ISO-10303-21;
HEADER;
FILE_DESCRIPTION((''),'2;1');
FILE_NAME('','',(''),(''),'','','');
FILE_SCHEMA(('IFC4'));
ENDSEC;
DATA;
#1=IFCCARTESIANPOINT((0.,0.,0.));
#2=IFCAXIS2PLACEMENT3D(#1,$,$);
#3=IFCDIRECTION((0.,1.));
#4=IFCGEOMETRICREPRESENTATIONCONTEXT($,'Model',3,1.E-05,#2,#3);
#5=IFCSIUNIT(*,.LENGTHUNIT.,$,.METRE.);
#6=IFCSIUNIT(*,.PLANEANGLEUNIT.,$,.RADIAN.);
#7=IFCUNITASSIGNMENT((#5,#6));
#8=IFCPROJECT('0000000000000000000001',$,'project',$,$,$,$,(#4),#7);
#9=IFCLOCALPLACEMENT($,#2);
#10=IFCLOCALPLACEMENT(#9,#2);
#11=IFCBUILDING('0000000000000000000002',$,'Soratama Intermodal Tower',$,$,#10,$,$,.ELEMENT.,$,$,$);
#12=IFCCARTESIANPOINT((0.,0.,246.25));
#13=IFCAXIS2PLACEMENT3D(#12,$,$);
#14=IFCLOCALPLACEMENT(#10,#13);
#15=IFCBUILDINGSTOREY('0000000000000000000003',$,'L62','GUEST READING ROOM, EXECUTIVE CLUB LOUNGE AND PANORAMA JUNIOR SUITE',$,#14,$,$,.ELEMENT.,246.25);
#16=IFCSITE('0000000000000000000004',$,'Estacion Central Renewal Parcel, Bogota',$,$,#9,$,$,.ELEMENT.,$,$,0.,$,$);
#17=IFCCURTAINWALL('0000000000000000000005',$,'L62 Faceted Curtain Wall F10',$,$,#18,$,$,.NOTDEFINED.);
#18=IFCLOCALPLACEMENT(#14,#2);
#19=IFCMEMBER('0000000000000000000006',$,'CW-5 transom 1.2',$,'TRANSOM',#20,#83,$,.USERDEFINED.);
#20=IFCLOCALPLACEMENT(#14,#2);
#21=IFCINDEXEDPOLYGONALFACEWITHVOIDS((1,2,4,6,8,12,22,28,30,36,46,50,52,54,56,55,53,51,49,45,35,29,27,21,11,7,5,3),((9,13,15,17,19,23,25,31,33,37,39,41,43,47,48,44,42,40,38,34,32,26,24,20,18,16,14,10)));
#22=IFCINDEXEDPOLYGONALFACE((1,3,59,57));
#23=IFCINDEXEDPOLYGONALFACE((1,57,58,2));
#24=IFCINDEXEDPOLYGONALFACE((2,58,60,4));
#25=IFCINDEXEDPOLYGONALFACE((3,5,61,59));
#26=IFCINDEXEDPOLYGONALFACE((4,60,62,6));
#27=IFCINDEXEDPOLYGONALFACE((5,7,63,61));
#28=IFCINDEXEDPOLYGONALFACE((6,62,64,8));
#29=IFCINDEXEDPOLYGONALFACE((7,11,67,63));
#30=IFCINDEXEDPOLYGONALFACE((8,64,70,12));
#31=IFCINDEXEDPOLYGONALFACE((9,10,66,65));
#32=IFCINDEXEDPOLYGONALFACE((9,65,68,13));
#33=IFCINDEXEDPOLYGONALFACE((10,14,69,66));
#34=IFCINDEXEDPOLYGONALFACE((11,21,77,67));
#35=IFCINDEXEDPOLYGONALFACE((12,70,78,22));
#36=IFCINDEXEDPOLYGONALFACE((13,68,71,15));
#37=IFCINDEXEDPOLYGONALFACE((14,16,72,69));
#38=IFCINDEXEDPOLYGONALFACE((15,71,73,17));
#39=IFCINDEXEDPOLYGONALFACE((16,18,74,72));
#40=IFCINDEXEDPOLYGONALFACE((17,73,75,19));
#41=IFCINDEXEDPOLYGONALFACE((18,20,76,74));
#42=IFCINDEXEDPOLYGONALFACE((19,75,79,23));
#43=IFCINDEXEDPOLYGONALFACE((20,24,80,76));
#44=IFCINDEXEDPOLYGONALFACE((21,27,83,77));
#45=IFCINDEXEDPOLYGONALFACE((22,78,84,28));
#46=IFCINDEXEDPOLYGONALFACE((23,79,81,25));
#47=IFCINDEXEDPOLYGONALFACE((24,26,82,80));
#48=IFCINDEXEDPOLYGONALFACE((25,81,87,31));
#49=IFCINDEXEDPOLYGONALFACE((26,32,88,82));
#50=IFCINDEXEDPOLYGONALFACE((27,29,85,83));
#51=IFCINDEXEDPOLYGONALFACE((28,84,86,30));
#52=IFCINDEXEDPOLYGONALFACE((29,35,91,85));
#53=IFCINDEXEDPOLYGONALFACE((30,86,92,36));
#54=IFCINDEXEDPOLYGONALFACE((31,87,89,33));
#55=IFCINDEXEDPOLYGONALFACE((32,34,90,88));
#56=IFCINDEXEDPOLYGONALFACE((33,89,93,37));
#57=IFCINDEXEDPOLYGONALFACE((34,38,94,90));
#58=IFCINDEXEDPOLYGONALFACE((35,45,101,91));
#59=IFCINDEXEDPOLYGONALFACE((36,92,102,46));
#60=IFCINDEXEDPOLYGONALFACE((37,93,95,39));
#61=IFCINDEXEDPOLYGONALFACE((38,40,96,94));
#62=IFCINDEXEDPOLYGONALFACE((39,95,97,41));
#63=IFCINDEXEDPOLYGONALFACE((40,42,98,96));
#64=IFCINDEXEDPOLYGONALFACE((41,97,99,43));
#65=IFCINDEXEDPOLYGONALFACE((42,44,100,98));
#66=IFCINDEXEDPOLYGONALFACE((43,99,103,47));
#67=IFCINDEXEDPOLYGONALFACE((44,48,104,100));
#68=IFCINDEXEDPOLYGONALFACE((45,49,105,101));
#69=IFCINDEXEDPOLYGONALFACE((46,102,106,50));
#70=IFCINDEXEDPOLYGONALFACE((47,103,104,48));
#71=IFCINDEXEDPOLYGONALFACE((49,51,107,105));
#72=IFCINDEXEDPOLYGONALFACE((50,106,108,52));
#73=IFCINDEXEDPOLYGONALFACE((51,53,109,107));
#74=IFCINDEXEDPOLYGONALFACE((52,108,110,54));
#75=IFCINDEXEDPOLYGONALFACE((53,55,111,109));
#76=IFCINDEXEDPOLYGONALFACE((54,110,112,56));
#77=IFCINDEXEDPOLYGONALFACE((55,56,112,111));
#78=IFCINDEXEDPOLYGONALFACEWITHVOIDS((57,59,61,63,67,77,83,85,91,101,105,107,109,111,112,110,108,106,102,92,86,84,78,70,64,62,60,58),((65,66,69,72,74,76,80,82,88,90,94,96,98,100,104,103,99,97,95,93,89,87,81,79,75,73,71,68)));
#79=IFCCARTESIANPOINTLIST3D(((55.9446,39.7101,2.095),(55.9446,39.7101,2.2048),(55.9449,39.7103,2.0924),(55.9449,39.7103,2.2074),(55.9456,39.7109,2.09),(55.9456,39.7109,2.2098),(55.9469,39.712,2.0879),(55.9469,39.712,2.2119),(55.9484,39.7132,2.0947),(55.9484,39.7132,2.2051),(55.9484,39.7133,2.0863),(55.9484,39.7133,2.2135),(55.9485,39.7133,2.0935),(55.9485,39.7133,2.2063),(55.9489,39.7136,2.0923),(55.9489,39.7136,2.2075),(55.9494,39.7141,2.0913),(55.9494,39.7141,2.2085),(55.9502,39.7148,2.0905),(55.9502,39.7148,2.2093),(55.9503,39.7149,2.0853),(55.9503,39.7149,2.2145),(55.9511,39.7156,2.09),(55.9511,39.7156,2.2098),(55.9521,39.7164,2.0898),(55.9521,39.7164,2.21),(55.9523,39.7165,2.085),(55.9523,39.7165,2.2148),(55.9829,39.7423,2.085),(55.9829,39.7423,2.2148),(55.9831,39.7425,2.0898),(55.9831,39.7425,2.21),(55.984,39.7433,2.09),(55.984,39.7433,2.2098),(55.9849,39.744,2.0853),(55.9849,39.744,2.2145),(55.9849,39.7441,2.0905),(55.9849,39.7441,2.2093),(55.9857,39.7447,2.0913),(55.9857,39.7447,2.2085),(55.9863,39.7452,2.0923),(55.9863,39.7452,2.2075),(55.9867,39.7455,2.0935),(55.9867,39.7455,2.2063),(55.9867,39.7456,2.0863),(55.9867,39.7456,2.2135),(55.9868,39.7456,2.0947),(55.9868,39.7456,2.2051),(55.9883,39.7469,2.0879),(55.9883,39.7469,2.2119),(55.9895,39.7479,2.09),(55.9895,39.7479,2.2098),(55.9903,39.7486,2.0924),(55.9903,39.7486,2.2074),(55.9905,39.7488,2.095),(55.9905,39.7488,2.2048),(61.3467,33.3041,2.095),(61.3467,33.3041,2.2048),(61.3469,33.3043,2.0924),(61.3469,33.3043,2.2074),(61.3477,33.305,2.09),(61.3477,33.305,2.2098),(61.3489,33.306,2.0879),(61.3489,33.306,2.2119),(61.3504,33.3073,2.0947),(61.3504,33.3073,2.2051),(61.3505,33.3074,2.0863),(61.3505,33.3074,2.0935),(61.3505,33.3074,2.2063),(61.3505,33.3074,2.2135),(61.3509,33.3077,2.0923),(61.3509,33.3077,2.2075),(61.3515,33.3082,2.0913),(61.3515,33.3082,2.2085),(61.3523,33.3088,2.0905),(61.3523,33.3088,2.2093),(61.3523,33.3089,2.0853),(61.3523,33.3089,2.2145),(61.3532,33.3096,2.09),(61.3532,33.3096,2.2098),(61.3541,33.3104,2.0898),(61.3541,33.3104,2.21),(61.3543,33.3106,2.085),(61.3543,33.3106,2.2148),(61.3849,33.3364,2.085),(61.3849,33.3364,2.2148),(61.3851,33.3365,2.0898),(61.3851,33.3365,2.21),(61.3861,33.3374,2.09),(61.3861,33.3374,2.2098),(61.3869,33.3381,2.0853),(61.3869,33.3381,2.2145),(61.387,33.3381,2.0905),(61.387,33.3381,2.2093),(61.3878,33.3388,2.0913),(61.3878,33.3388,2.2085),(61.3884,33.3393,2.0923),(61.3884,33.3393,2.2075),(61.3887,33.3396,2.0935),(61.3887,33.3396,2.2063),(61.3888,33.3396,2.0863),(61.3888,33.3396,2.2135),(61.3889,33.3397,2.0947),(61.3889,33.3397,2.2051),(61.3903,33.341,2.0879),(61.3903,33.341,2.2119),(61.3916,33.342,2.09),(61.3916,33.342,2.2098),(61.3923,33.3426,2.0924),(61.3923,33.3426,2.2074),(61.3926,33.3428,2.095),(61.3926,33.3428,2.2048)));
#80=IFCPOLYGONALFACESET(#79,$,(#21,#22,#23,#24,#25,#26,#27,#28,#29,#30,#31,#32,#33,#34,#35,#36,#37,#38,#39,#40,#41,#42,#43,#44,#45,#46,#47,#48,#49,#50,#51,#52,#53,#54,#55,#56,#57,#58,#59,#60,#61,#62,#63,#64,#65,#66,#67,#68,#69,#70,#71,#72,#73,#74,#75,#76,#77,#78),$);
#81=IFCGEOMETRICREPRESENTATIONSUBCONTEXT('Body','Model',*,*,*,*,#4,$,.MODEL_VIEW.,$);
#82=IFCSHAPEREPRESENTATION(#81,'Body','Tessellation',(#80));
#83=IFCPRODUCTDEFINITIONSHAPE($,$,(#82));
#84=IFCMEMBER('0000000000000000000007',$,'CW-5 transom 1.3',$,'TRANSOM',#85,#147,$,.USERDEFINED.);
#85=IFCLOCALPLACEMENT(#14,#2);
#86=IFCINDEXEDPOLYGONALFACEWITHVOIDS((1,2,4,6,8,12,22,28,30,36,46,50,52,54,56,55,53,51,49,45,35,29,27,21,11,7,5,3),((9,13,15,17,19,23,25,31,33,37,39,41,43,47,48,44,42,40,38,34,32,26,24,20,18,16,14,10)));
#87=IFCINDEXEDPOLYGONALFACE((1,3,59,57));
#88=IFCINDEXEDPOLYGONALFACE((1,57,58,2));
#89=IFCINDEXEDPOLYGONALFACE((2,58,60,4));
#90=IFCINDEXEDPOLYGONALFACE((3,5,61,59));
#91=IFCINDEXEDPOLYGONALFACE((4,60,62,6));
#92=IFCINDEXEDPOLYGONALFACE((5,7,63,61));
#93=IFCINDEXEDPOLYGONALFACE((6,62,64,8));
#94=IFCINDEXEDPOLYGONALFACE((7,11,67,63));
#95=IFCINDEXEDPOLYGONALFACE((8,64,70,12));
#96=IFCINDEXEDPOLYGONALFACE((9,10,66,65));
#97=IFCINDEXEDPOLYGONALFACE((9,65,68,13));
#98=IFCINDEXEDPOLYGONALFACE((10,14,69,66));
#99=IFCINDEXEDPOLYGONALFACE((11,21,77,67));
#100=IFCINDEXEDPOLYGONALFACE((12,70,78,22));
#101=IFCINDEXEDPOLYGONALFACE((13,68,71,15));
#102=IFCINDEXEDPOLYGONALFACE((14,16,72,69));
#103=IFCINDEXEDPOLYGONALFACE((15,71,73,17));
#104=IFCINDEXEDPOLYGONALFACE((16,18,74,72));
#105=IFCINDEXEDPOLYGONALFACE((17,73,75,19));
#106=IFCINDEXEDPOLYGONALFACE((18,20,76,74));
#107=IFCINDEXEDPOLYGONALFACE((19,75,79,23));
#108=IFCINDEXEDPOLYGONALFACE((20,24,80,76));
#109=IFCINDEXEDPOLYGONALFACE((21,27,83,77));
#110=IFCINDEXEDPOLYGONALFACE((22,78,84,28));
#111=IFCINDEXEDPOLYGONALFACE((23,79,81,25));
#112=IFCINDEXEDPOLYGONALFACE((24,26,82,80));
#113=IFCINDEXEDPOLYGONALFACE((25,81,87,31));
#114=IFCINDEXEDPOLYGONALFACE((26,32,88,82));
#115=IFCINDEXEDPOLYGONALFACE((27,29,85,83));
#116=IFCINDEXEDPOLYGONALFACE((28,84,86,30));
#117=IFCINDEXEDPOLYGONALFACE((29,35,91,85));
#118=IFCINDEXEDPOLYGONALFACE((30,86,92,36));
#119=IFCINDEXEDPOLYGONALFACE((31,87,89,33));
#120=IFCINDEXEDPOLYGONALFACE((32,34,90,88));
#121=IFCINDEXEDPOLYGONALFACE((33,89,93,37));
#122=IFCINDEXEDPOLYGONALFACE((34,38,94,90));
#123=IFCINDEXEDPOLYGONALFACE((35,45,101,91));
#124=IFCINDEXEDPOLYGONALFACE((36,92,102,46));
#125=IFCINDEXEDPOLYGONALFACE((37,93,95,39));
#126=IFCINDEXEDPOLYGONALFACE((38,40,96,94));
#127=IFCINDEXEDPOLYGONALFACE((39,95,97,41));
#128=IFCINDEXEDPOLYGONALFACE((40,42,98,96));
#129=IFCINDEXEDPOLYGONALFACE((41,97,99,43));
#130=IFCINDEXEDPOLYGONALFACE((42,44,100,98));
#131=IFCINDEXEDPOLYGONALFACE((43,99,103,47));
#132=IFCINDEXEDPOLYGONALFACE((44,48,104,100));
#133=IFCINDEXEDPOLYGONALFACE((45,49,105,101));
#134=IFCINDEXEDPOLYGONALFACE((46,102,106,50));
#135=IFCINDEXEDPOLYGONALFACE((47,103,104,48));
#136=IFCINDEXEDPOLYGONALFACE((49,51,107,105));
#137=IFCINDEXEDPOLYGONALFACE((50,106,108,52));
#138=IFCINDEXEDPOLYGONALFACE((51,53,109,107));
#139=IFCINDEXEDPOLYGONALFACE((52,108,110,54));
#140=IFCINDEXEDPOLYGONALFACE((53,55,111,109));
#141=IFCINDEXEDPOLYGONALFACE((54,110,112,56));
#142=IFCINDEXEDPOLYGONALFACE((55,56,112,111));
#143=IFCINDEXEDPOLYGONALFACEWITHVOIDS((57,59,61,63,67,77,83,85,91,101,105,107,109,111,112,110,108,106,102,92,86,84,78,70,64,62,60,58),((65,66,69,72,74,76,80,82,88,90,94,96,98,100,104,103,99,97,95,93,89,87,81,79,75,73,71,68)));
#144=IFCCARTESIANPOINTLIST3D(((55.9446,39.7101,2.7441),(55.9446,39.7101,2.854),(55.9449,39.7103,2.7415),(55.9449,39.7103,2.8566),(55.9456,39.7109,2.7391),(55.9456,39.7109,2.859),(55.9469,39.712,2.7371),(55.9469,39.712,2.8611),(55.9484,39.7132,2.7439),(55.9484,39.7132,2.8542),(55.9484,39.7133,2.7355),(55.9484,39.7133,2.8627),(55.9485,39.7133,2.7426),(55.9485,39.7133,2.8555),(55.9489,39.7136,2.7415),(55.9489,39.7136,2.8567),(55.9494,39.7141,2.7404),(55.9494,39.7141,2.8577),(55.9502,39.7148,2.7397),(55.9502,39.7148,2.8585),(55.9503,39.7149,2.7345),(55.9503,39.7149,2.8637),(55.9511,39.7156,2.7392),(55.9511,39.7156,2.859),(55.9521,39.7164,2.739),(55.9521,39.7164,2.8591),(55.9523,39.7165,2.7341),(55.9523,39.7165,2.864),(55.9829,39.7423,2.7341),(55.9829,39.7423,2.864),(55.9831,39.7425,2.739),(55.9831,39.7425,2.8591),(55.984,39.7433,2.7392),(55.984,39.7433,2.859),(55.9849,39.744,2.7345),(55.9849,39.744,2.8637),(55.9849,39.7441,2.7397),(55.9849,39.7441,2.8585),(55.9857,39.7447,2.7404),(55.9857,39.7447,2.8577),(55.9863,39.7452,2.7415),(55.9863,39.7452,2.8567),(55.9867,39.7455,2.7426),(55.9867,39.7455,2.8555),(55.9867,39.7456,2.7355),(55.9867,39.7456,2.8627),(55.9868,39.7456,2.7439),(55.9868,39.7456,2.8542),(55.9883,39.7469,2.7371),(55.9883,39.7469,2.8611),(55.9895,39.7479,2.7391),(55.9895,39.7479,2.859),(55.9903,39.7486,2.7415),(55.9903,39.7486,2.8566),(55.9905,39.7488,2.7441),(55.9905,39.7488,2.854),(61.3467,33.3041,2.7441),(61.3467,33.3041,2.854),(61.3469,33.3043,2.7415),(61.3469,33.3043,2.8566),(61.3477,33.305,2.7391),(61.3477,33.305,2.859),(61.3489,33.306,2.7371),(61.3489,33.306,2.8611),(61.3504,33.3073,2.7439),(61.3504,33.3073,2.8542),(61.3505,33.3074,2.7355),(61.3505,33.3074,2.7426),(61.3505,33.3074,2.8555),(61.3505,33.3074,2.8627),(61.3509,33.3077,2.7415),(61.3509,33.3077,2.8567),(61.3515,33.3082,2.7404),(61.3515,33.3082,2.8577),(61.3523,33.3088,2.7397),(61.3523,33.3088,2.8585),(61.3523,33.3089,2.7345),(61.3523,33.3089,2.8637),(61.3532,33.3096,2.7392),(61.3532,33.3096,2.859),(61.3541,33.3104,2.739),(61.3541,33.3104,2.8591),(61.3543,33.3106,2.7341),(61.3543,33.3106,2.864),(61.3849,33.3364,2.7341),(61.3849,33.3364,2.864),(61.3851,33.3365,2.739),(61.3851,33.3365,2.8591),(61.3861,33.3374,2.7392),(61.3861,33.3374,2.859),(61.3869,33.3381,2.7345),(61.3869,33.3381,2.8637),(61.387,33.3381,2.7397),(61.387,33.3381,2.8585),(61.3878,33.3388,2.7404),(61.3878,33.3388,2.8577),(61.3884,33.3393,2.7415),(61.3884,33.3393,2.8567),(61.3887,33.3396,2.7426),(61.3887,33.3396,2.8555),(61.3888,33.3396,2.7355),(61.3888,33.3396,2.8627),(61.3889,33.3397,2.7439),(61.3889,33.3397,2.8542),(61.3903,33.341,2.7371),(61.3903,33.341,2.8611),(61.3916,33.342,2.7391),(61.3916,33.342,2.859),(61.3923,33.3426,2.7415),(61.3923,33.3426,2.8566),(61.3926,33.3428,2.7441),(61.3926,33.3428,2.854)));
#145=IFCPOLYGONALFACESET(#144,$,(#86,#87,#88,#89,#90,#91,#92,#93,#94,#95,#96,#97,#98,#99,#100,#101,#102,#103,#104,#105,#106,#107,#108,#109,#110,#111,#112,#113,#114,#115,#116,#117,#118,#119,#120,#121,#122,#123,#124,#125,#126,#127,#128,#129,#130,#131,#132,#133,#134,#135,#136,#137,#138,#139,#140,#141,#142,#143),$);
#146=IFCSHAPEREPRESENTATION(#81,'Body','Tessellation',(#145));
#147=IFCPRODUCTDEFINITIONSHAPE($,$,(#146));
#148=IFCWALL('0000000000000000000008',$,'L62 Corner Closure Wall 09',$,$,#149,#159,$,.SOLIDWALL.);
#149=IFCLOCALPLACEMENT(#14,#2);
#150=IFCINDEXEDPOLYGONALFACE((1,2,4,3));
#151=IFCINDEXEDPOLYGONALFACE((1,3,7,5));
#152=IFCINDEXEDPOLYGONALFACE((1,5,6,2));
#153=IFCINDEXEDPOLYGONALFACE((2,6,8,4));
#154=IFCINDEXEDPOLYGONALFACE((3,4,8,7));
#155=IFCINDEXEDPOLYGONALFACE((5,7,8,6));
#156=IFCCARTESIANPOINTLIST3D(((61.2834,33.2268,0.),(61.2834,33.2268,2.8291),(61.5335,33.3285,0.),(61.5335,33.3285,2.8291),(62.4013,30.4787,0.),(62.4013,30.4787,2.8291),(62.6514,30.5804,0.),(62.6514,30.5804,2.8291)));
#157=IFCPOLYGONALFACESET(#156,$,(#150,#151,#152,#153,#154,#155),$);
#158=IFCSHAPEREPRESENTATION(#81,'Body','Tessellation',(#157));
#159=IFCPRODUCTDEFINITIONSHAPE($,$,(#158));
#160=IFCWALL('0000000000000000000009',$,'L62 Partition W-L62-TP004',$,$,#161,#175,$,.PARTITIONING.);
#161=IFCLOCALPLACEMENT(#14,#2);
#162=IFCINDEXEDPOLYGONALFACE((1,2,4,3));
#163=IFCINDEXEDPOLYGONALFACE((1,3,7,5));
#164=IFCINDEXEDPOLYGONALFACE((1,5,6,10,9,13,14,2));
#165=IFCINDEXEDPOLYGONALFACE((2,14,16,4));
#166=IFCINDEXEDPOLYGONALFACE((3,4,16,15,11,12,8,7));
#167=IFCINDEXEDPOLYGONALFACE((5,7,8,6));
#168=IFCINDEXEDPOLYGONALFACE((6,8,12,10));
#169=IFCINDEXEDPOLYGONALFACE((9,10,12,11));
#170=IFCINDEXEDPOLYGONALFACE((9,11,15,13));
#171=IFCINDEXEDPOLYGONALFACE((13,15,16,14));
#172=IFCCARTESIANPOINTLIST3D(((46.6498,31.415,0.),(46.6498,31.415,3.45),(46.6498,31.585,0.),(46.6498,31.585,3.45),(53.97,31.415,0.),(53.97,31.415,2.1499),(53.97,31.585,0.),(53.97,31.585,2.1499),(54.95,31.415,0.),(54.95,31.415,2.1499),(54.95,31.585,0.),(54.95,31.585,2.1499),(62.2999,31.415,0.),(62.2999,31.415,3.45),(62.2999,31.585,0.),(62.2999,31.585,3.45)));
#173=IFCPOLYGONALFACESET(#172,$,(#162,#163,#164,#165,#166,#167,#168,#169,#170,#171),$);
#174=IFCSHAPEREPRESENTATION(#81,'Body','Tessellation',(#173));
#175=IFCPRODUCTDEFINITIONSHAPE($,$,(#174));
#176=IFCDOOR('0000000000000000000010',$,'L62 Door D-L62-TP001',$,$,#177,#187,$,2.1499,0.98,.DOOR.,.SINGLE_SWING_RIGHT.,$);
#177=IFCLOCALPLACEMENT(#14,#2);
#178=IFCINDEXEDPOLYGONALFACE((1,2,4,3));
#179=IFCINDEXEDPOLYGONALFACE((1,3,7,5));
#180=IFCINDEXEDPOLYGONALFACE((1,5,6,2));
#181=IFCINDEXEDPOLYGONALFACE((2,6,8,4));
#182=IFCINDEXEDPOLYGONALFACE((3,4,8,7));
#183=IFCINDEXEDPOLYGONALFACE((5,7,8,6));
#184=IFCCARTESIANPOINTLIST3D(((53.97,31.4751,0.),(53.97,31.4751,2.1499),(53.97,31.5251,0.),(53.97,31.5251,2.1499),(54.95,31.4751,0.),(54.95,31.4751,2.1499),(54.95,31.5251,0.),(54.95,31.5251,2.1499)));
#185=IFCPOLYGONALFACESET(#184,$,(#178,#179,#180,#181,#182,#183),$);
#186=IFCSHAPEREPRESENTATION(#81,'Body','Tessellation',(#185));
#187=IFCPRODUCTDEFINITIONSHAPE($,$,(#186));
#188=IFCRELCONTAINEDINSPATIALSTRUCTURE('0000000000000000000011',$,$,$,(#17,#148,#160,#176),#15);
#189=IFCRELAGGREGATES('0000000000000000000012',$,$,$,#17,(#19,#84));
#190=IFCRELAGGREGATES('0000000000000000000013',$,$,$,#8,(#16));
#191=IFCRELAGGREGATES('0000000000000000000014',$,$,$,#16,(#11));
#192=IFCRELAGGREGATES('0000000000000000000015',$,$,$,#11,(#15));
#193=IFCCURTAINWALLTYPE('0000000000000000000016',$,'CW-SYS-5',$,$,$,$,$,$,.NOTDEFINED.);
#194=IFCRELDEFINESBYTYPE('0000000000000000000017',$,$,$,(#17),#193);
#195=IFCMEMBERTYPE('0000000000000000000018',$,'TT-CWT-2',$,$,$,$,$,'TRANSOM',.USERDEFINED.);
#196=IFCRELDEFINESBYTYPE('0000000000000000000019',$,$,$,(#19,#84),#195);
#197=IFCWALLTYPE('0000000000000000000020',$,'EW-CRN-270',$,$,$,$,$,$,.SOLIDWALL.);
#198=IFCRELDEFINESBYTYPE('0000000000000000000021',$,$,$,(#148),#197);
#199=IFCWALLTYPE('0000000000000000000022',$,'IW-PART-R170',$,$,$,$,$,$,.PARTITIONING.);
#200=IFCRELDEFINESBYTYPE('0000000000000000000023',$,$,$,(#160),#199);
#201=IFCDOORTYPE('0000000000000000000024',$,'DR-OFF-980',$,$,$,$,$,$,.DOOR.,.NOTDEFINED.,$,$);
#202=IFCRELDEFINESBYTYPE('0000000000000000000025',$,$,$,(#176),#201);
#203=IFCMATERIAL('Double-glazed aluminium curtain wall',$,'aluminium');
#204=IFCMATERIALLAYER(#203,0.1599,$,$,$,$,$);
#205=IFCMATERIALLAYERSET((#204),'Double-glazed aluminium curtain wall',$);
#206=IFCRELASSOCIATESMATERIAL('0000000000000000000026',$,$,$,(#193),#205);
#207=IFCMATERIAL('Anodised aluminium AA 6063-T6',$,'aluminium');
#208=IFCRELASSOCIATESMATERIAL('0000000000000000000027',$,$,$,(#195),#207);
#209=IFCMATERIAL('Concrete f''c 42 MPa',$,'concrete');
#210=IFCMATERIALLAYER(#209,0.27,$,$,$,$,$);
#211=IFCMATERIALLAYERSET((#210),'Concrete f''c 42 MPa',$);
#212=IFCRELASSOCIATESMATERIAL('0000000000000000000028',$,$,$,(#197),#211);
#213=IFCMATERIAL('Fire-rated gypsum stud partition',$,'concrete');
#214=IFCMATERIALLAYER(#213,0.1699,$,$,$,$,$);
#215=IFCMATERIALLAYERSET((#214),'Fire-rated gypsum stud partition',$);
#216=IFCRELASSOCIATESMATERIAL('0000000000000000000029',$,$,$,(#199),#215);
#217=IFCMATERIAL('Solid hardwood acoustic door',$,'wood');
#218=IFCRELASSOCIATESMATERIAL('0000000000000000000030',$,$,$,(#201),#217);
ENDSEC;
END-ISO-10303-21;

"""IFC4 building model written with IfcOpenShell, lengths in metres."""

from ifc_helpers import new_model, si_unit, direction, frame, frame_2d, origin, origin_2d, place, context, subcontext, project, spatial, rectangle, hollow_rectangle, extrude, material, layer, layer_set, material_profile, profile_set, type_object, element, fill, aggregate, save


model = new_model("IFC4")

# Units and contexts
model_context = context("Model", 3, precision=1e-05, world=origin(), true_north=direction((0.0, 1.0)))
body_context = subcontext(model_context, "Body", "Model", "MODEL_VIEW")
ifc_project = project(units=[si_unit("LENGTHUNIT", "METRE"), si_unit("PLANEANGLEUNIT", "RADIAN")], contexts=[model_context])

# Site, building, storey
site_placement = place(None, origin())
site = spatial("IfcSite", under=ifc_project, at=site_placement, Name="Estacion Central Renewal Parcel, Bogota", CompositionType="ELEMENT", RefElevation=0.0)
building_placement = place(site_placement, origin())
building = spatial("IfcBuilding", under=site, at=building_placement, Name="Soratama Intermodal Tower", CompositionType="ELEMENT")
storey_placement = place(building_placement, frame((0.0, 0.0, 246.25)))
storey = spatial("IfcBuildingStorey", under=building, at=storey_placement, Name="L62", Description="GUEST READING ROOM, EXECUTIVE CLUB LOUNGE AND PANORAMA JUNIOR SUITE", CompositionType="ELEMENT", Elevation=246.25)

# Curtain wall, members
ifc_material_1 = material(Name="Double-glazed aluminium curtain wall", Category="aluminium")
ifc_layer_1 = layer(ifc_material_1, 0.1599)
ifc_layer_set_1 = layer_set([ifc_layer_1], Name="Double-glazed aluminium curtain wall")
curtain_wall_type = type_object("IfcCurtainWallType", Name="CW-SYS-5", PredefinedType="NOTDEFINED", material=ifc_layer_set_1)
curtain_wall_placement = place(storey_placement, origin())
curtain_wall = element("IfcCurtainWall", 1, at=curtain_wall_placement, inside=storey, type_object=curtain_wall_type, Name="L62 Faceted Curtain Wall F10", PredefinedType="NOTDEFINED")
ifc_material_2 = material(Name="Anodised aluminium AA 6063-T6", Category="aluminium")
ifc_material_profile_1 = material_profile(ifc_material_2, hollow_rectangle(XDim=0.0601, YDim=0.1299, WallThickness=0.0049, InnerFilletRadius=0.0049, OuterFilletRadius=0.01, at=origin_2d()), Name="CWT130X60X5")
ifc_profile_set_1 = profile_set([ifc_material_profile_1], Name="Anodised aluminium AA 6063-T6")
member_type_1 = type_object("IfcMemberType", Name="TT-CWT-2", ElementType="TRANSOM", PredefinedType="USERDEFINED", material=ifc_profile_set_1)
member_1_placement = place(storey_placement, frame((61.3696, 33.3235, 2.1499), z_axis=(-0.644664, 0.764466, 0.0), x_axis=(-0.764466, -0.644664, 0.0)))
member_1 = element("IfcMember", 2, at=member_1_placement, type_object=member_type_1, Name="CW-5 transom 1.2", ObjectType="TRANSOM", PredefinedType="USERDEFINED", context=body_context, shape_type="SweptSolid", body=[
    extrude(hollow_rectangle(XDim=0.0601, YDim=0.1299, WallThickness=0.0049, InnerFilletRadius=0.0049, OuterFilletRadius=0.01, at=origin_2d()), origin(), (0.0, 0.0, 1.0), 8.3796),
])
member_2_placement = place(storey_placement, frame((61.3696, 33.3235, 2.7991), z_axis=(-0.644664, 0.764466, 0.0), x_axis=(-0.764466, -0.644664, 0.0)))
member_2 = element("IfcMember", 3, at=member_2_placement, type_object=member_type_1, Name="CW-5 transom 1.3", ObjectType="TRANSOM", PredefinedType="USERDEFINED", context=body_context, shape_type="SweptSolid", body=[
    extrude(hollow_rectangle(XDim=0.0601, YDim=0.1299, WallThickness=0.0049, InnerFilletRadius=0.0049, OuterFilletRadius=0.01, at=origin_2d()), origin(), (0.0, 0.0, 1.0), 8.3796),
])
aggregate(curtain_wall, [member_1, member_2])

# Wall
ifc_material_3 = material(Name="Concrete f'c 42 MPa", Category="concrete")
ifc_layer_2 = layer(ifc_material_3, 0.27)
ifc_layer_set_2 = layer_set([ifc_layer_2], Name="Concrete f'c 42 MPa")
wall_type_1 = type_object("IfcWallType", Name="EW-CRN-270", PredefinedType="SOLIDWALL", material=ifc_layer_set_2)
wall_1_placement = place(storey_placement, frame((62.5264, 30.5295, 0.0), z_axis=(0.0, 0.0, 1.0), x_axis=(-0.376818, 0.926287, 0.0)))
element("IfcWall", 4, at=wall_1_placement, inside=storey, type_object=wall_type_1, Name="L62 Corner Closure Wall 09", PredefinedType="SOLIDWALL", context=body_context, shape_type="SweptSolid", body=[
    extrude(rectangle(XDim=2.9668, YDim=0.27, at=frame_2d((1.4834, 0.0))), origin(), (0.0, 0.0, 1.0), 2.8291),
])

# Wall, opening, door
ifc_material_4 = material(Name="Fire-rated gypsum stud partition", Category="concrete")
ifc_layer_3 = layer(ifc_material_4, 0.1699)
ifc_layer_set_3 = layer_set([ifc_layer_3], Name="Fire-rated gypsum stud partition")
wall_type_2 = type_object("IfcWallType", Name="IW-PART-R170", PredefinedType="PARTITIONING", material=ifc_layer_set_3)
wall_2_placement = place(storey_placement, frame((62.3, 31.5, 0.0), z_axis=(0.0, 0.0, 1.0), x_axis=(-1.0, 0.0, 0.0)))
wall_2 = element("IfcWall", 5, at=wall_2_placement, inside=storey, type_object=wall_type_2, Name="L62 Partition W-L62-TP004", PredefinedType="PARTITIONING", context=body_context, shape_type="SweptSolid", body=[
    extrude(rectangle(XDim=15.6501, YDim=0.1699, at=frame_2d((7.8252, 0.0))), origin(), (0.0, 0.0, 1.0), 3.45),
])
opening_1_placement = place(wall_2_placement, frame((7.3501, 0.0, 0.0)))
opening_1 = element("IfcOpeningElement", 6, at=opening_1_placement, cuts=wall_2, PredefinedType="OPENING", context=body_context, shape_type="SweptSolid", body=[
    extrude(rectangle(XDim=0.98, YDim=2.1499, at=frame_2d((0.49, 1.075))), frame((0.0, 0.095, 0.0), z_axis=(0.0, -1.0, 0.0), x_axis=(1.0, 0.0, 0.0)), (0.0, 0.0, 1.0), 0.1899),
])
ifc_material_5 = material(Name="Solid hardwood acoustic door", Category="wood")
door_type = type_object("IfcDoorType", Name="DR-OFF-980", OperationType="NOTDEFINED", PredefinedType="DOOR", material=ifc_material_5)
door_1_placement = place(opening_1_placement, origin())
door_1 = element("IfcDoor", 7, at=door_1_placement, inside=storey, type_object=door_type, Name="L62 Door D-L62-TP001", OperationType="SINGLE_SWING_RIGHT", OverallHeight=2.1499, OverallWidth=0.98, PredefinedType="DOOR", context=body_context, shape_type="SweptSolid", body=[
    extrude(rectangle(XDim=0.98, YDim=2.1499, at=frame_2d((0.49, 1.075))), frame((0.0, 0.0249, 0.0), z_axis=(0.0, -1.0, 0.0), x_axis=(1.0, 0.0, 0.0)), (0.0, 0.0, 1.0), 0.05),
])
fill(opening_1, door_1)

save(model, "model.ifc")
